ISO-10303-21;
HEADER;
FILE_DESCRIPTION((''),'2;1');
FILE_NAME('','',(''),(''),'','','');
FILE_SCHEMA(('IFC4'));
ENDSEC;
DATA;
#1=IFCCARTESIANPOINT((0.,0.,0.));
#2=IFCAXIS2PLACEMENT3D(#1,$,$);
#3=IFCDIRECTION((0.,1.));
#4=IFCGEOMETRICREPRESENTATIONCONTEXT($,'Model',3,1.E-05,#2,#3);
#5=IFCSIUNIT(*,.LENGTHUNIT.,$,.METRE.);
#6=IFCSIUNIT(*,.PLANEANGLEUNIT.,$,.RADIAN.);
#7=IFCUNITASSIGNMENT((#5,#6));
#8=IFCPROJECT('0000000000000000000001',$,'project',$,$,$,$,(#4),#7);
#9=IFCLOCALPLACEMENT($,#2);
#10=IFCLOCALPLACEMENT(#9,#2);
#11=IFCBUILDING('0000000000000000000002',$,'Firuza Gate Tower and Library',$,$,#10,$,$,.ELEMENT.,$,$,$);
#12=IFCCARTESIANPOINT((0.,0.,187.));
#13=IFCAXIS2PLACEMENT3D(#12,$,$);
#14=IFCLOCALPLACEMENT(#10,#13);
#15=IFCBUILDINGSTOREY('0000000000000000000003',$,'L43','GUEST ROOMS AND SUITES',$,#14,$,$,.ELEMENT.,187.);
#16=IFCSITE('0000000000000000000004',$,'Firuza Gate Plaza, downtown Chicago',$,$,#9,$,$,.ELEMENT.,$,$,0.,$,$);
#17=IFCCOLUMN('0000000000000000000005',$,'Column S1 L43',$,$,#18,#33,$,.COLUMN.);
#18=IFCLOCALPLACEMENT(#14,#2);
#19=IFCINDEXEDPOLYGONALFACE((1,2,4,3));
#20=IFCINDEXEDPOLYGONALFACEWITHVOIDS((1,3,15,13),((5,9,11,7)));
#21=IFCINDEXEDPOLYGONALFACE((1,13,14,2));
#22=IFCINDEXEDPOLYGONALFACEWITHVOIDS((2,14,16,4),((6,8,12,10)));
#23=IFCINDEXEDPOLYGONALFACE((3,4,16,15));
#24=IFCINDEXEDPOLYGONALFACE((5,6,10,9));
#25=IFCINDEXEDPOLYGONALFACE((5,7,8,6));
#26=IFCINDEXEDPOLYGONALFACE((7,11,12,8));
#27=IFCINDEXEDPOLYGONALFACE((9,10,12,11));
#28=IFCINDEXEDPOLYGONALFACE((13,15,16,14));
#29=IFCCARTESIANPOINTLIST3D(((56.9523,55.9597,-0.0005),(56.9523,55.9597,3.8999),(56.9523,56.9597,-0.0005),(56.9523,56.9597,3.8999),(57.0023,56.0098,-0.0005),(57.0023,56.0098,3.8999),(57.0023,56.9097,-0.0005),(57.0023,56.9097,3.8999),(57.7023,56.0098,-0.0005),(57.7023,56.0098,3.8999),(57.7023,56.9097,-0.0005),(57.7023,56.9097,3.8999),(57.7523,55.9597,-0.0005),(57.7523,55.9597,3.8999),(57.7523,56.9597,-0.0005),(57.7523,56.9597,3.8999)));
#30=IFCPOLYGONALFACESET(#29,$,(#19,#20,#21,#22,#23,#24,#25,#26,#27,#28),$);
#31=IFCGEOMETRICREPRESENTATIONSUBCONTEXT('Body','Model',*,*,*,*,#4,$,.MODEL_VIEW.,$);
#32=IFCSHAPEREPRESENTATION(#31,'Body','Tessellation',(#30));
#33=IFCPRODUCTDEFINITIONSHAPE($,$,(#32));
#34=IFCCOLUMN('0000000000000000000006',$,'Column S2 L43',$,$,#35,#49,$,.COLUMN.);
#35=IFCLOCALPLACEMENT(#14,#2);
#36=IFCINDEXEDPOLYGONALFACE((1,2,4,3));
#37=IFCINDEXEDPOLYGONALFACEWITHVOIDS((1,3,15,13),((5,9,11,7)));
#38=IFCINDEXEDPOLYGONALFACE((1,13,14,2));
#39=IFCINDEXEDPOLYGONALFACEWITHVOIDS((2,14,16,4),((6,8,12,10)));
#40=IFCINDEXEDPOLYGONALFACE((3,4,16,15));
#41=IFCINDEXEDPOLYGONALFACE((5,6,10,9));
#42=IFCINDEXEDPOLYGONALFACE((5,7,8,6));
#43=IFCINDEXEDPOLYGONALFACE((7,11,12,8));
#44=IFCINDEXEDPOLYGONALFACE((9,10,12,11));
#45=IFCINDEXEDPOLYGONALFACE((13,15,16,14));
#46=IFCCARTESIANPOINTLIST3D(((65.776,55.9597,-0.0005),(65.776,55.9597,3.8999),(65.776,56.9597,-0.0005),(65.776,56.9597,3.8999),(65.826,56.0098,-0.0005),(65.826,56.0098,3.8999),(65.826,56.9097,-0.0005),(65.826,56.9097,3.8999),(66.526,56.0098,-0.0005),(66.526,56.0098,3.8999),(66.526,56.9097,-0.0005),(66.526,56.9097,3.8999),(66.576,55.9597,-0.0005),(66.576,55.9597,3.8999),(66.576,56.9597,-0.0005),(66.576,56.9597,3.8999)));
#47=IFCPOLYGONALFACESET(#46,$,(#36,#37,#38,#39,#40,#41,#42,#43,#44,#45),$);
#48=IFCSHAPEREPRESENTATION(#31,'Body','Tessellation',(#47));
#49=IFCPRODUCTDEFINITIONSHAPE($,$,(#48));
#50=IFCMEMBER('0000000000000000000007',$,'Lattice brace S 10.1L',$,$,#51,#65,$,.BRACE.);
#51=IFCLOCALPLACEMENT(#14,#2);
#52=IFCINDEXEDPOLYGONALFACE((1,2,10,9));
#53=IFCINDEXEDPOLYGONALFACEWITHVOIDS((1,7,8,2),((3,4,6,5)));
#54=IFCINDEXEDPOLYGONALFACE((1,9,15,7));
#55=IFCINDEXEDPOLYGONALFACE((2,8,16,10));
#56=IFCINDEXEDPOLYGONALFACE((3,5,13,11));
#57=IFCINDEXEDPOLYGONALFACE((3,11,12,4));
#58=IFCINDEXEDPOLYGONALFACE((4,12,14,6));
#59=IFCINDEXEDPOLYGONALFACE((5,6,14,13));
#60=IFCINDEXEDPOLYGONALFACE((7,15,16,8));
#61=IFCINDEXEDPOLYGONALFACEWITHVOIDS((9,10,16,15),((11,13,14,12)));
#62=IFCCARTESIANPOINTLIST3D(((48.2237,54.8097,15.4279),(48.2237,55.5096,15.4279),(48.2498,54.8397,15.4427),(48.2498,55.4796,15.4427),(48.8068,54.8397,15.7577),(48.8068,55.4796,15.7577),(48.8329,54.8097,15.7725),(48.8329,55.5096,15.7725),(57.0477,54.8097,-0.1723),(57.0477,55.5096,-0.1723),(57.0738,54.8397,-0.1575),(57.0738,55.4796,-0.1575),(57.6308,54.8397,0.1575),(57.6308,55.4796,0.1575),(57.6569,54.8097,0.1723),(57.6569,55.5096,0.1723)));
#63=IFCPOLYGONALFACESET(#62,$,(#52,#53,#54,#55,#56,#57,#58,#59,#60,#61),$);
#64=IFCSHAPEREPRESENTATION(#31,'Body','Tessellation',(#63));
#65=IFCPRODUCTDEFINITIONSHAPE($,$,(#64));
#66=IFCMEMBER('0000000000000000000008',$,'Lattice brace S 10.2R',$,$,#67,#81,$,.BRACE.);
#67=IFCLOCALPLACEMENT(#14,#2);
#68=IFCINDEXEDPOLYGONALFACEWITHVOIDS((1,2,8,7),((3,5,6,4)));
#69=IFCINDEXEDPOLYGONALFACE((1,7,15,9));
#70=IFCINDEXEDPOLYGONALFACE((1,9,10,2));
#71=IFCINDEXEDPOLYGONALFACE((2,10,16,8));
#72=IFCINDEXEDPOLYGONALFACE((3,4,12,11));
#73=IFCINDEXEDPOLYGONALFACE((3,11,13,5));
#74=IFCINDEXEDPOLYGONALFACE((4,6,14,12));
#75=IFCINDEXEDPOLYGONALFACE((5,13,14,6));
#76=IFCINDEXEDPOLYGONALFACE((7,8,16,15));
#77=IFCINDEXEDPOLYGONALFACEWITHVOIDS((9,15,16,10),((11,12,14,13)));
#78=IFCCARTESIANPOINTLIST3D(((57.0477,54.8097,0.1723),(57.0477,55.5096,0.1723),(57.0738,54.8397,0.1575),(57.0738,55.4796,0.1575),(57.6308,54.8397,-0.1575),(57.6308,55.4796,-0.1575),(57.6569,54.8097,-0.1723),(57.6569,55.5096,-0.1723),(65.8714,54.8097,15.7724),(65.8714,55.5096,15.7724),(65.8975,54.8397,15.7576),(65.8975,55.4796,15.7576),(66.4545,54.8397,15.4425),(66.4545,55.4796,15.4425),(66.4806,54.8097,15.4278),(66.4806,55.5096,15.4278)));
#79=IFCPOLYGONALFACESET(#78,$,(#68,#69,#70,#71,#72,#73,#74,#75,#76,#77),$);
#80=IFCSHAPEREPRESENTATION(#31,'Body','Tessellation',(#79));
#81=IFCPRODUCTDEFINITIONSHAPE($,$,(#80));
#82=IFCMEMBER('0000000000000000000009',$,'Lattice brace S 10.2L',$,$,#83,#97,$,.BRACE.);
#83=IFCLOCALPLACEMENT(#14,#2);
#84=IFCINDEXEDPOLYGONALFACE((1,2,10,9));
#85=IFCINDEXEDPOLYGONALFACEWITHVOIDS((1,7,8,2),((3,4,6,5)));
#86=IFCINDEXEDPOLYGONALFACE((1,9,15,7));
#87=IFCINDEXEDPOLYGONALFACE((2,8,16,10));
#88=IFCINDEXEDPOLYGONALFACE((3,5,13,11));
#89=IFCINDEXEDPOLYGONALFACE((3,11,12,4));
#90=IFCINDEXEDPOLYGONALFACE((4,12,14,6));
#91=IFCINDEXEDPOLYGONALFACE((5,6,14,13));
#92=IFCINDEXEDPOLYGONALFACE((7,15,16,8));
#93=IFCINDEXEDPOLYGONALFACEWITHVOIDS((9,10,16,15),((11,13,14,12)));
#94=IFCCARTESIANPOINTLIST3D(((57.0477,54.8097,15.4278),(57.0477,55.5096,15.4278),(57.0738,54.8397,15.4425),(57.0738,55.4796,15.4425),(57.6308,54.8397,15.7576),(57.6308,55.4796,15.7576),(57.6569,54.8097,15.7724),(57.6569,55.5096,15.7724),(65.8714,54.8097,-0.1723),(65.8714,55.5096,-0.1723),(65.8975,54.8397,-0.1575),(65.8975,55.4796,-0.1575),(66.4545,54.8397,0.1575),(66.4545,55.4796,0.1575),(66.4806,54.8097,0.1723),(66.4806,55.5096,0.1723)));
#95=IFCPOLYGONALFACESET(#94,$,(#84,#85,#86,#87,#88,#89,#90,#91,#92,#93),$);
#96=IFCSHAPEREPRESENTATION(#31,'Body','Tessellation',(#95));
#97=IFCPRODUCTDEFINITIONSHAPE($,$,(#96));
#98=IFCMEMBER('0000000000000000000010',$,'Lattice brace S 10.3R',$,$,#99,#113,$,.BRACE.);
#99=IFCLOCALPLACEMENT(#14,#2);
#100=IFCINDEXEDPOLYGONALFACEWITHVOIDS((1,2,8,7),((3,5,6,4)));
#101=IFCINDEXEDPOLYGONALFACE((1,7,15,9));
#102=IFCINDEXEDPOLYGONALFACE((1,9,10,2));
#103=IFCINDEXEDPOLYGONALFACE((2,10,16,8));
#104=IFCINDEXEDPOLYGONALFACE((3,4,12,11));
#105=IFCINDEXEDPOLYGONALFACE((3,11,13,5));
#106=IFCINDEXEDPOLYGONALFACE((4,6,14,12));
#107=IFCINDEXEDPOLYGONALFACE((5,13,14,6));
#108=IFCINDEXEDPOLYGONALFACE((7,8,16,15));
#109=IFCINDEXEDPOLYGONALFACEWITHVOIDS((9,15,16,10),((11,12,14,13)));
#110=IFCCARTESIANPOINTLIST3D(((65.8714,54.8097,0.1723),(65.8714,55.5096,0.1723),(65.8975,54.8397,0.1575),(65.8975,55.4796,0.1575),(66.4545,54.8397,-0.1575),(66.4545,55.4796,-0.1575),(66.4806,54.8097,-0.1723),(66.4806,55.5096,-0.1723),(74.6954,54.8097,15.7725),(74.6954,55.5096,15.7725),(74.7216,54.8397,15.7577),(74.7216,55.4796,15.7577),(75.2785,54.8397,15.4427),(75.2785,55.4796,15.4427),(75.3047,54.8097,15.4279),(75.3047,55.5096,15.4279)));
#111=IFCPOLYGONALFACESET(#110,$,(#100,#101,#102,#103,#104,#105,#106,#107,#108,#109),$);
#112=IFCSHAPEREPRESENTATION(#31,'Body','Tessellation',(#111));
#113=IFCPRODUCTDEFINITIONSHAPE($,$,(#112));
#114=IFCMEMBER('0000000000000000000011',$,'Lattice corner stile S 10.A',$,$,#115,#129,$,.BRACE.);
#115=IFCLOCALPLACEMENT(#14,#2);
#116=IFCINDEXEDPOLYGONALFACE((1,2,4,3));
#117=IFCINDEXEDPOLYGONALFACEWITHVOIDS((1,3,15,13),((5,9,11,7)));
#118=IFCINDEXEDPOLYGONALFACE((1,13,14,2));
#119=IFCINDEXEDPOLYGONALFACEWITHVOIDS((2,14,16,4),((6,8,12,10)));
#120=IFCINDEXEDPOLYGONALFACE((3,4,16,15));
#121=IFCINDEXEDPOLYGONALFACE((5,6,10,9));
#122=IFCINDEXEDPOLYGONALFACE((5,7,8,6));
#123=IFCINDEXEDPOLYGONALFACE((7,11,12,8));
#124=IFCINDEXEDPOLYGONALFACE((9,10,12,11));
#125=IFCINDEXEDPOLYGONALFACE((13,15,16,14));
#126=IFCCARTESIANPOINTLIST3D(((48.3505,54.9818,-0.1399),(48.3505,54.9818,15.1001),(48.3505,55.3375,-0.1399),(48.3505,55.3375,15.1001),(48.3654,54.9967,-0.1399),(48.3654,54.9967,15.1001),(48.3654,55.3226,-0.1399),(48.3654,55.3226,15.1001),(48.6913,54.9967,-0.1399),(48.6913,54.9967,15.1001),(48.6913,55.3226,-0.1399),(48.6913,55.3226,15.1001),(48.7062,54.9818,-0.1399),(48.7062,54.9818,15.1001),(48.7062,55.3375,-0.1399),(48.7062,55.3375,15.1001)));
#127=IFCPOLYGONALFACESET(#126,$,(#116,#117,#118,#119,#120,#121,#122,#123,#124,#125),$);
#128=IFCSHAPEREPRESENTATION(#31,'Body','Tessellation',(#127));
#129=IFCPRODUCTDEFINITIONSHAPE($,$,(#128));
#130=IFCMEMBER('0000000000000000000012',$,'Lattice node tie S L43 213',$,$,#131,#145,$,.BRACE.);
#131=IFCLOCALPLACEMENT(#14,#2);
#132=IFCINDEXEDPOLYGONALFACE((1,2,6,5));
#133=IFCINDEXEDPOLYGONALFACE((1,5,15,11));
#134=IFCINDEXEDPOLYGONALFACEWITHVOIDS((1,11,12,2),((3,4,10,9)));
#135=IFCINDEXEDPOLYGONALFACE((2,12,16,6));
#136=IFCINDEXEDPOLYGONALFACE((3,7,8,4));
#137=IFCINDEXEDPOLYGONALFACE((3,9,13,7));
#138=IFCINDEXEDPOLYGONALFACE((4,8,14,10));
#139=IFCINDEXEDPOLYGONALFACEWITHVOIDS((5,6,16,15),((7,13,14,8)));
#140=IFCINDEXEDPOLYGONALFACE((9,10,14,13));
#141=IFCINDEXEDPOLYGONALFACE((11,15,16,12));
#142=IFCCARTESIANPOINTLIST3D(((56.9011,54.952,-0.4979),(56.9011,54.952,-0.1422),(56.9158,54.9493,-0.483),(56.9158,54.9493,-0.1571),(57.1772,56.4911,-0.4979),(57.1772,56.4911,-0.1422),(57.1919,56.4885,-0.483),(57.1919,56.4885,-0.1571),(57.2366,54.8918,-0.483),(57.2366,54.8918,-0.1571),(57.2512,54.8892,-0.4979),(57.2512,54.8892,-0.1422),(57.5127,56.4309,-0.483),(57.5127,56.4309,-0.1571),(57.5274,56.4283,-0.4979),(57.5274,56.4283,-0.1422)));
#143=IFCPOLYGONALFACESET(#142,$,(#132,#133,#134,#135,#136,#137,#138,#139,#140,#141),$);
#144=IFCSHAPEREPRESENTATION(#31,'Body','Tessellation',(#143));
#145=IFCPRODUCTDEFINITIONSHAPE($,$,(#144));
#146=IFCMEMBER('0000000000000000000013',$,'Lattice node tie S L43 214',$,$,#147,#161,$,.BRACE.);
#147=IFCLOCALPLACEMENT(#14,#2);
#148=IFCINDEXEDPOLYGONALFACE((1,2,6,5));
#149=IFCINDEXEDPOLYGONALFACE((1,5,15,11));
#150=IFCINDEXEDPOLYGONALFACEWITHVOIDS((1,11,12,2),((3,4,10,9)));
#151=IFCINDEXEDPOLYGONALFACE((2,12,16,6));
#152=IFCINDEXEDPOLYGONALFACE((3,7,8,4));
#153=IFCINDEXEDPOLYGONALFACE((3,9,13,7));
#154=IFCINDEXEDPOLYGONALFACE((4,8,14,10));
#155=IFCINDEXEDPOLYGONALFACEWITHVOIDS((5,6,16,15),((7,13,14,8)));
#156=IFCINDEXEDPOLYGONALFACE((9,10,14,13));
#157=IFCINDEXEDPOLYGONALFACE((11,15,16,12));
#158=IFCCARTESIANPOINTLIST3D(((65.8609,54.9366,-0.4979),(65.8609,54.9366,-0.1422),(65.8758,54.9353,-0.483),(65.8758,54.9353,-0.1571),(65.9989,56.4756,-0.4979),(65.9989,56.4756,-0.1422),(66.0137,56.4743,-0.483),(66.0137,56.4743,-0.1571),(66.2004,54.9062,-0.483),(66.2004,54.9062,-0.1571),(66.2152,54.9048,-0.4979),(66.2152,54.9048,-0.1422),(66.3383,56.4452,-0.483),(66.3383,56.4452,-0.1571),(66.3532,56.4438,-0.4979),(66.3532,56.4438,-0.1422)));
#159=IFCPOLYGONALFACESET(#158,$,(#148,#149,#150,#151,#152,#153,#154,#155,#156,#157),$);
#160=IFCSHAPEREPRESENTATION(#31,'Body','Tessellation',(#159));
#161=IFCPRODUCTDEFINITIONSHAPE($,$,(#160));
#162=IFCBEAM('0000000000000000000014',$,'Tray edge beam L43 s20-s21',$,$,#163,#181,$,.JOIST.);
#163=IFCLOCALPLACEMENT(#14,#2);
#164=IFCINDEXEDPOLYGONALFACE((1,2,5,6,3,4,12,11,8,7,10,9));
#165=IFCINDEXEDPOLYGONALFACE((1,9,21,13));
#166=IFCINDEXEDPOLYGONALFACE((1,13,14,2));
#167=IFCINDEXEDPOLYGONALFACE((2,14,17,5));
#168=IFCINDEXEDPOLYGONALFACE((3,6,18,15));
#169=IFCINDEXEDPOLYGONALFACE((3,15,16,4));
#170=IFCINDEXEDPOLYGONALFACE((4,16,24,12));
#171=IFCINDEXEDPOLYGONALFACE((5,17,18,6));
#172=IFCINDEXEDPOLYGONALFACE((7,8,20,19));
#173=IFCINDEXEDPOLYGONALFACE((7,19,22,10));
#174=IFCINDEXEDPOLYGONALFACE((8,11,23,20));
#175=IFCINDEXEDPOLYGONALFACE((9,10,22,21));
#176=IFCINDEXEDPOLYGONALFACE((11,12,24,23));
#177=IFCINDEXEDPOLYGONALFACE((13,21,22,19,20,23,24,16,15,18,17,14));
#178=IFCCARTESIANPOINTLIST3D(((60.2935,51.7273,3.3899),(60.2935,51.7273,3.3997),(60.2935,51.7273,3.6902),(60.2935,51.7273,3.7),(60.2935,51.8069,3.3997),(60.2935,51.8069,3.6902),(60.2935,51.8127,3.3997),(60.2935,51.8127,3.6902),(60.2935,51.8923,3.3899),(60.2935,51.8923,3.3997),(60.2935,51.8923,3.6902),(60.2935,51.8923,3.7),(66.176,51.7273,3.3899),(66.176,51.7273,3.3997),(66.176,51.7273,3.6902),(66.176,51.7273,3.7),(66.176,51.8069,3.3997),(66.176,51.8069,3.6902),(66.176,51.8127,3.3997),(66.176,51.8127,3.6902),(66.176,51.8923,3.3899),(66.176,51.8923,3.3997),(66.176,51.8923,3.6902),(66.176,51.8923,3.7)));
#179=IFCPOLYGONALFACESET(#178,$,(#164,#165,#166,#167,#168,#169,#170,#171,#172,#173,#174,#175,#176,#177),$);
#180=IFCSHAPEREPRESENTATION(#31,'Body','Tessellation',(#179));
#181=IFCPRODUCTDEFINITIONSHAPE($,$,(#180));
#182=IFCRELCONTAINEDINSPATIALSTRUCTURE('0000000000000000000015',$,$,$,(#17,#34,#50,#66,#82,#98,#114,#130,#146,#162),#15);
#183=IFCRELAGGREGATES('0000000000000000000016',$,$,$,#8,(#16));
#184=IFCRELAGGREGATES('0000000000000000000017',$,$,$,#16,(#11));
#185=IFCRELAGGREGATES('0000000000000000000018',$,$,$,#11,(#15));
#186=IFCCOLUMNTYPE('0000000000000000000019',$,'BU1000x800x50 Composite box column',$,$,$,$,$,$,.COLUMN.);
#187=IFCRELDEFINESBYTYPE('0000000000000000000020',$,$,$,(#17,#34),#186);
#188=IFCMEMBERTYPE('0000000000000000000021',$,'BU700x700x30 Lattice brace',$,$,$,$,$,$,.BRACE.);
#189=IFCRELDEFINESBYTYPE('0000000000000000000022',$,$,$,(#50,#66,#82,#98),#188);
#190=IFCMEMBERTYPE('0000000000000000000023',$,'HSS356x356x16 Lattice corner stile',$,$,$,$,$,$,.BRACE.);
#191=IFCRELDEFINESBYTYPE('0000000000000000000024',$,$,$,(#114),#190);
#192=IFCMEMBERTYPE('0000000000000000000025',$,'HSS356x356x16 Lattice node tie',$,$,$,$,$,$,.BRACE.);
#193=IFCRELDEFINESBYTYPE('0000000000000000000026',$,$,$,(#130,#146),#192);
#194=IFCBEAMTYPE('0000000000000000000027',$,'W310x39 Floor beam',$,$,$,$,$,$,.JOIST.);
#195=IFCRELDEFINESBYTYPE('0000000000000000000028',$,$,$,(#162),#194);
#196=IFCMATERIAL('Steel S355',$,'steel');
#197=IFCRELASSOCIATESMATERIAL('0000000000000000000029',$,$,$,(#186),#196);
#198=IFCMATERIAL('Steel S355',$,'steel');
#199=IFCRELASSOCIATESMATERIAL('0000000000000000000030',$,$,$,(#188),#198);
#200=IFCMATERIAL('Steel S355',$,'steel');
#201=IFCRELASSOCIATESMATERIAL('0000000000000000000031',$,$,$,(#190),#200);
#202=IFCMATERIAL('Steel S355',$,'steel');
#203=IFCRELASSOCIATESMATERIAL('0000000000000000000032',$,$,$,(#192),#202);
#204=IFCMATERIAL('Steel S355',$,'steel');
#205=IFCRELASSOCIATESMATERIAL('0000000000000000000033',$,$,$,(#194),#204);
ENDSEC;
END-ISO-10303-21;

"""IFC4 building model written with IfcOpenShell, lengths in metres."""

from ifc_helpers import new_model, si_unit, direction, frame, origin, origin_2d, place, context, subcontext, project, spatial, hollow_rectangle, i_section, extrude, material, material_profile, profile_set, type_object, element, save


model = new_model("IFC4")

# Units and contexts
model_context = context("Model", 3, precision=1e-05, world=origin(), true_north=direction((0.0, 1.0)))
body_context = subcontext(model_context, "Body", "Model", "MODEL_VIEW")
ifc_project = project(units=[si_unit("LENGTHUNIT", "METRE"), si_unit("PLANEANGLEUNIT", "RADIAN")], contexts=[model_context])

# Site, building, storey
site_placement = place(None, origin())
site = spatial("IfcSite", under=ifc_project, at=site_placement, Name="Firuza Gate Plaza, downtown Chicago", CompositionType="ELEMENT", RefElevation=0.0)
building_placement = place(site_placement, origin())
building = spatial("IfcBuilding", under=site, at=building_placement, Name="Firuza Gate Tower and Library", CompositionType="ELEMENT")
storey_placement = place(building_placement, frame((0.0, 0.0, 187.0)))
storey = spatial("IfcBuildingStorey", under=building, at=storey_placement, Name="L43", Description="GUEST ROOMS AND SUITES", CompositionType="ELEMENT", Elevation=187.0)

# Columns
ifc_material_1 = material(Name="Steel S355", Category="steel")
ifc_material_profile_1 = material_profile(ifc_material_1, hollow_rectangle(XDim=0.8, YDim=1.0, WallThickness=0.05, at=origin_2d()))
ifc_profile_set_1 = profile_set([ifc_material_profile_1], Name="Steel S355")
column_type = type_object("IfcColumnType", Name="BU1000x800x50 Composite box column", PredefinedType="COLUMN", material=ifc_profile_set_1)
for number, where, z_axis, x_axis, name in (
    (1, (57.3523, 56.4597, -0.0005), (0.0, 0.0, 1.0), (1.0, 0.0, 0.0), "Column S1 L43"),
    (2, (66.176, 56.4597, -0.0005), (0.0, 0.0, 1.0), (1.0, 0.0, 0.0), "Column S2 L43"),
):
    element("IfcColumn", number, at=place(storey_placement, frame(where, z_axis=z_axis, x_axis=x_axis)), inside=storey, type_object=column_type, Name=name, PredefinedType="COLUMN", context=body_context, shape_type="SweptSolid", body=[
        extrude(hollow_rectangle(XDim=0.8, YDim=1.0, WallThickness=0.05, at=origin_2d()), origin(), (0.0, 0.0, 1.0), 3.9004),
    ])

# Members
ifc_material_2 = material(Name="Steel S355", Category="steel")
ifc_material_profile_2 = material_profile(ifc_material_2, hollow_rectangle(XDim=0.7, YDim=0.7, WallThickness=0.03, at=origin_2d()))
ifc_profile_set_2 = profile_set([ifc_material_profile_2], Name="Steel S355")
member_type_1 = type_object("IfcMemberType", Name="BU700x700x30 Lattice brace", PredefinedType="BRACE", material=ifc_profile_set_2)
member_1_placement = place(storey_placement, frame((57.3523, 55.1597, 0.0), z_axis=(-0.492333, 0.0, 0.870407), x_axis=(0.0, -1.0, 0.0)))
element("IfcMember", 3, at=member_1_placement, inside=storey, type_object=member_type_1, Name="Lattice brace S 10.1L", PredefinedType="BRACE", context=body_context, shape_type="SweptSolid", body=[
    extrude(hollow_rectangle(XDim=0.7, YDim=0.7, WallThickness=0.03, at=origin_2d()), origin(), (0.0, 0.0, 1.0), 17.9229),
])
for number, where, z_axis, x_axis, name in (
    (4, (57.3523, 55.1597, 0.0), (0.492323, 0.0, 0.870413), (0.0, 1.0, 0.0), "Lattice brace S 10.2R"),
    (5, (66.176, 55.1597, 0.0), (-0.492323, 0.0, 0.870413), (0.0, -1.0, 0.0), "Lattice brace S 10.2L"),
):
    element("IfcMember", number, at=place(storey_placement, frame(where, z_axis=z_axis, x_axis=x_axis)), inside=storey, type_object=member_type_1, Name=name, PredefinedType="BRACE", context=body_context, shape_type="SweptSolid", body=[
        extrude(hollow_rectangle(XDim=0.7, YDim=0.7, WallThickness=0.03, at=origin_2d()), origin(), (0.0, 0.0, 1.0), 17.9226),
    ])
member_2_placement = place(storey_placement, frame((66.176, 55.1597, 0.0), z_axis=(0.492333, 0.0, 0.870407), x_axis=(0.0, 1.0, 0.0)))
element("IfcMember", 6, at=member_2_placement, inside=storey, type_object=member_type_1, Name="Lattice brace S 10.3R", PredefinedType="BRACE", context=body_context, shape_type="SweptSolid", body=[
    extrude(hollow_rectangle(XDim=0.7, YDim=0.7, WallThickness=0.03, at=origin_2d()), origin(), (0.0, 0.0, 1.0), 17.9229),
])
ifc_material_3 = material(Name="Steel S355", Category="steel")
ifc_material_profile_3 = material_profile(ifc_material_3, hollow_rectangle(XDim=0.3557, YDim=0.3557, WallThickness=0.0149, at=origin_2d()))
ifc_profile_set_3 = profile_set([ifc_material_profile_3], Name="Steel S355")
member_type_2 = type_object("IfcMemberType", Name="HSS356x356x16 Lattice corner stile", PredefinedType="BRACE", material=ifc_profile_set_3)
member_3_placement = place(storey_placement, frame((48.5283, 55.1597, -0.1399), z_axis=(0.0, 0.0, 1.0), x_axis=(1.0, 0.0, 0.0)))
element("IfcMember", 7, at=member_3_placement, inside=storey, type_object=member_type_2, Name="Lattice corner stile S 10.A", PredefinedType="BRACE", context=body_context, shape_type="SweptSolid", body=[
    extrude(hollow_rectangle(XDim=0.3557, YDim=0.3557, WallThickness=0.0149, at=origin_2d()), origin(), (0.0, 0.0, 1.0), 15.24),
])
ifc_material_4 = material(Name="Steel S355", Category="steel")
ifc_material_profile_4 = material_profile(ifc_material_4, hollow_rectangle(XDim=0.3557, YDim=0.3557, WallThickness=0.0149, at=origin_2d()))
ifc_profile_set_4 = profile_set([ifc_material_profile_4], Name="Steel S355")
member_type_3 = type_object("IfcMemberType", Name="HSS356x356x16 Lattice node tie", PredefinedType="BRACE", material=ifc_profile_set_4)
member_4_placement = place(storey_placement, frame((57.3523, 56.4597, -0.3201), z_axis=(-0.17659, -0.984284, 0.0), x_axis=(0.984284, -0.17659, 0.0)))
element("IfcMember", 8, at=member_4_placement, inside=storey, type_object=member_type_3, Name="Lattice node tie S L43 213", PredefinedType="BRACE", context=body_context, shape_type="SweptSolid", body=[
    extrude(hollow_rectangle(XDim=0.3557, YDim=0.3557, WallThickness=0.0149, at=origin_2d()), origin(), (0.0, 0.0, 1.0), 1.5637),
])
member_5_placement = place(storey_placement, frame((66.176, 56.4597, -0.3201), z_axis=(-0.089268, -0.996008, 0.0), x_axis=(0.996008, -0.089268, 0.0)))
element("IfcMember", 9, at=member_5_placement, inside=storey, type_object=member_type_3, Name="Lattice node tie S L43 214", PredefinedType="BRACE", context=body_context, shape_type="SweptSolid", body=[
    extrude(hollow_rectangle(XDim=0.3557, YDim=0.3557, WallThickness=0.0149, at=origin_2d()), origin(), (0.0, 0.0, 1.0), 1.5452),
])

# Beam
ifc_material_5 = material(Name="Steel S355", Category="steel")
ifc_material_profile_5 = material_profile(ifc_material_5, i_section(OverallWidth=0.165, OverallDepth=0.3101, WebThickness=0.0059, FlangeThickness=0.0098, at=origin_2d()))
ifc_profile_set_5 = profile_set([ifc_material_profile_5], Name="Steel S355")
beam_type_1 = type_object("IfcBeamType", Name="W310x39 Floor beam", PredefinedType="JOIST", material=ifc_profile_set_5)
for number, where, z_axis, x_axis, name in (
    (10, (60.2935, 51.8098, 3.5449), (1.0, 0.0, 0.0), (0.0, 1.0, 0.0), "Tray edge beam L43 s20-s21"),
):
    element("IfcBeam", number, at=place(storey_placement, frame(where, z_axis=z_axis, x_axis=x_axis)), inside=storey, type_object=beam_type_1, Name=name, PredefinedType="JOIST", context=body_context, shape_type="SweptSolid", body=[
        extrude(i_section(OverallWidth=0.165, OverallDepth=0.3101, WebThickness=0.0059, FlangeThickness=0.0098, at=origin_2d()), origin(), (0.0, 0.0, 1.0), 5.8826),
    ])

save(model, "model.ifc")
